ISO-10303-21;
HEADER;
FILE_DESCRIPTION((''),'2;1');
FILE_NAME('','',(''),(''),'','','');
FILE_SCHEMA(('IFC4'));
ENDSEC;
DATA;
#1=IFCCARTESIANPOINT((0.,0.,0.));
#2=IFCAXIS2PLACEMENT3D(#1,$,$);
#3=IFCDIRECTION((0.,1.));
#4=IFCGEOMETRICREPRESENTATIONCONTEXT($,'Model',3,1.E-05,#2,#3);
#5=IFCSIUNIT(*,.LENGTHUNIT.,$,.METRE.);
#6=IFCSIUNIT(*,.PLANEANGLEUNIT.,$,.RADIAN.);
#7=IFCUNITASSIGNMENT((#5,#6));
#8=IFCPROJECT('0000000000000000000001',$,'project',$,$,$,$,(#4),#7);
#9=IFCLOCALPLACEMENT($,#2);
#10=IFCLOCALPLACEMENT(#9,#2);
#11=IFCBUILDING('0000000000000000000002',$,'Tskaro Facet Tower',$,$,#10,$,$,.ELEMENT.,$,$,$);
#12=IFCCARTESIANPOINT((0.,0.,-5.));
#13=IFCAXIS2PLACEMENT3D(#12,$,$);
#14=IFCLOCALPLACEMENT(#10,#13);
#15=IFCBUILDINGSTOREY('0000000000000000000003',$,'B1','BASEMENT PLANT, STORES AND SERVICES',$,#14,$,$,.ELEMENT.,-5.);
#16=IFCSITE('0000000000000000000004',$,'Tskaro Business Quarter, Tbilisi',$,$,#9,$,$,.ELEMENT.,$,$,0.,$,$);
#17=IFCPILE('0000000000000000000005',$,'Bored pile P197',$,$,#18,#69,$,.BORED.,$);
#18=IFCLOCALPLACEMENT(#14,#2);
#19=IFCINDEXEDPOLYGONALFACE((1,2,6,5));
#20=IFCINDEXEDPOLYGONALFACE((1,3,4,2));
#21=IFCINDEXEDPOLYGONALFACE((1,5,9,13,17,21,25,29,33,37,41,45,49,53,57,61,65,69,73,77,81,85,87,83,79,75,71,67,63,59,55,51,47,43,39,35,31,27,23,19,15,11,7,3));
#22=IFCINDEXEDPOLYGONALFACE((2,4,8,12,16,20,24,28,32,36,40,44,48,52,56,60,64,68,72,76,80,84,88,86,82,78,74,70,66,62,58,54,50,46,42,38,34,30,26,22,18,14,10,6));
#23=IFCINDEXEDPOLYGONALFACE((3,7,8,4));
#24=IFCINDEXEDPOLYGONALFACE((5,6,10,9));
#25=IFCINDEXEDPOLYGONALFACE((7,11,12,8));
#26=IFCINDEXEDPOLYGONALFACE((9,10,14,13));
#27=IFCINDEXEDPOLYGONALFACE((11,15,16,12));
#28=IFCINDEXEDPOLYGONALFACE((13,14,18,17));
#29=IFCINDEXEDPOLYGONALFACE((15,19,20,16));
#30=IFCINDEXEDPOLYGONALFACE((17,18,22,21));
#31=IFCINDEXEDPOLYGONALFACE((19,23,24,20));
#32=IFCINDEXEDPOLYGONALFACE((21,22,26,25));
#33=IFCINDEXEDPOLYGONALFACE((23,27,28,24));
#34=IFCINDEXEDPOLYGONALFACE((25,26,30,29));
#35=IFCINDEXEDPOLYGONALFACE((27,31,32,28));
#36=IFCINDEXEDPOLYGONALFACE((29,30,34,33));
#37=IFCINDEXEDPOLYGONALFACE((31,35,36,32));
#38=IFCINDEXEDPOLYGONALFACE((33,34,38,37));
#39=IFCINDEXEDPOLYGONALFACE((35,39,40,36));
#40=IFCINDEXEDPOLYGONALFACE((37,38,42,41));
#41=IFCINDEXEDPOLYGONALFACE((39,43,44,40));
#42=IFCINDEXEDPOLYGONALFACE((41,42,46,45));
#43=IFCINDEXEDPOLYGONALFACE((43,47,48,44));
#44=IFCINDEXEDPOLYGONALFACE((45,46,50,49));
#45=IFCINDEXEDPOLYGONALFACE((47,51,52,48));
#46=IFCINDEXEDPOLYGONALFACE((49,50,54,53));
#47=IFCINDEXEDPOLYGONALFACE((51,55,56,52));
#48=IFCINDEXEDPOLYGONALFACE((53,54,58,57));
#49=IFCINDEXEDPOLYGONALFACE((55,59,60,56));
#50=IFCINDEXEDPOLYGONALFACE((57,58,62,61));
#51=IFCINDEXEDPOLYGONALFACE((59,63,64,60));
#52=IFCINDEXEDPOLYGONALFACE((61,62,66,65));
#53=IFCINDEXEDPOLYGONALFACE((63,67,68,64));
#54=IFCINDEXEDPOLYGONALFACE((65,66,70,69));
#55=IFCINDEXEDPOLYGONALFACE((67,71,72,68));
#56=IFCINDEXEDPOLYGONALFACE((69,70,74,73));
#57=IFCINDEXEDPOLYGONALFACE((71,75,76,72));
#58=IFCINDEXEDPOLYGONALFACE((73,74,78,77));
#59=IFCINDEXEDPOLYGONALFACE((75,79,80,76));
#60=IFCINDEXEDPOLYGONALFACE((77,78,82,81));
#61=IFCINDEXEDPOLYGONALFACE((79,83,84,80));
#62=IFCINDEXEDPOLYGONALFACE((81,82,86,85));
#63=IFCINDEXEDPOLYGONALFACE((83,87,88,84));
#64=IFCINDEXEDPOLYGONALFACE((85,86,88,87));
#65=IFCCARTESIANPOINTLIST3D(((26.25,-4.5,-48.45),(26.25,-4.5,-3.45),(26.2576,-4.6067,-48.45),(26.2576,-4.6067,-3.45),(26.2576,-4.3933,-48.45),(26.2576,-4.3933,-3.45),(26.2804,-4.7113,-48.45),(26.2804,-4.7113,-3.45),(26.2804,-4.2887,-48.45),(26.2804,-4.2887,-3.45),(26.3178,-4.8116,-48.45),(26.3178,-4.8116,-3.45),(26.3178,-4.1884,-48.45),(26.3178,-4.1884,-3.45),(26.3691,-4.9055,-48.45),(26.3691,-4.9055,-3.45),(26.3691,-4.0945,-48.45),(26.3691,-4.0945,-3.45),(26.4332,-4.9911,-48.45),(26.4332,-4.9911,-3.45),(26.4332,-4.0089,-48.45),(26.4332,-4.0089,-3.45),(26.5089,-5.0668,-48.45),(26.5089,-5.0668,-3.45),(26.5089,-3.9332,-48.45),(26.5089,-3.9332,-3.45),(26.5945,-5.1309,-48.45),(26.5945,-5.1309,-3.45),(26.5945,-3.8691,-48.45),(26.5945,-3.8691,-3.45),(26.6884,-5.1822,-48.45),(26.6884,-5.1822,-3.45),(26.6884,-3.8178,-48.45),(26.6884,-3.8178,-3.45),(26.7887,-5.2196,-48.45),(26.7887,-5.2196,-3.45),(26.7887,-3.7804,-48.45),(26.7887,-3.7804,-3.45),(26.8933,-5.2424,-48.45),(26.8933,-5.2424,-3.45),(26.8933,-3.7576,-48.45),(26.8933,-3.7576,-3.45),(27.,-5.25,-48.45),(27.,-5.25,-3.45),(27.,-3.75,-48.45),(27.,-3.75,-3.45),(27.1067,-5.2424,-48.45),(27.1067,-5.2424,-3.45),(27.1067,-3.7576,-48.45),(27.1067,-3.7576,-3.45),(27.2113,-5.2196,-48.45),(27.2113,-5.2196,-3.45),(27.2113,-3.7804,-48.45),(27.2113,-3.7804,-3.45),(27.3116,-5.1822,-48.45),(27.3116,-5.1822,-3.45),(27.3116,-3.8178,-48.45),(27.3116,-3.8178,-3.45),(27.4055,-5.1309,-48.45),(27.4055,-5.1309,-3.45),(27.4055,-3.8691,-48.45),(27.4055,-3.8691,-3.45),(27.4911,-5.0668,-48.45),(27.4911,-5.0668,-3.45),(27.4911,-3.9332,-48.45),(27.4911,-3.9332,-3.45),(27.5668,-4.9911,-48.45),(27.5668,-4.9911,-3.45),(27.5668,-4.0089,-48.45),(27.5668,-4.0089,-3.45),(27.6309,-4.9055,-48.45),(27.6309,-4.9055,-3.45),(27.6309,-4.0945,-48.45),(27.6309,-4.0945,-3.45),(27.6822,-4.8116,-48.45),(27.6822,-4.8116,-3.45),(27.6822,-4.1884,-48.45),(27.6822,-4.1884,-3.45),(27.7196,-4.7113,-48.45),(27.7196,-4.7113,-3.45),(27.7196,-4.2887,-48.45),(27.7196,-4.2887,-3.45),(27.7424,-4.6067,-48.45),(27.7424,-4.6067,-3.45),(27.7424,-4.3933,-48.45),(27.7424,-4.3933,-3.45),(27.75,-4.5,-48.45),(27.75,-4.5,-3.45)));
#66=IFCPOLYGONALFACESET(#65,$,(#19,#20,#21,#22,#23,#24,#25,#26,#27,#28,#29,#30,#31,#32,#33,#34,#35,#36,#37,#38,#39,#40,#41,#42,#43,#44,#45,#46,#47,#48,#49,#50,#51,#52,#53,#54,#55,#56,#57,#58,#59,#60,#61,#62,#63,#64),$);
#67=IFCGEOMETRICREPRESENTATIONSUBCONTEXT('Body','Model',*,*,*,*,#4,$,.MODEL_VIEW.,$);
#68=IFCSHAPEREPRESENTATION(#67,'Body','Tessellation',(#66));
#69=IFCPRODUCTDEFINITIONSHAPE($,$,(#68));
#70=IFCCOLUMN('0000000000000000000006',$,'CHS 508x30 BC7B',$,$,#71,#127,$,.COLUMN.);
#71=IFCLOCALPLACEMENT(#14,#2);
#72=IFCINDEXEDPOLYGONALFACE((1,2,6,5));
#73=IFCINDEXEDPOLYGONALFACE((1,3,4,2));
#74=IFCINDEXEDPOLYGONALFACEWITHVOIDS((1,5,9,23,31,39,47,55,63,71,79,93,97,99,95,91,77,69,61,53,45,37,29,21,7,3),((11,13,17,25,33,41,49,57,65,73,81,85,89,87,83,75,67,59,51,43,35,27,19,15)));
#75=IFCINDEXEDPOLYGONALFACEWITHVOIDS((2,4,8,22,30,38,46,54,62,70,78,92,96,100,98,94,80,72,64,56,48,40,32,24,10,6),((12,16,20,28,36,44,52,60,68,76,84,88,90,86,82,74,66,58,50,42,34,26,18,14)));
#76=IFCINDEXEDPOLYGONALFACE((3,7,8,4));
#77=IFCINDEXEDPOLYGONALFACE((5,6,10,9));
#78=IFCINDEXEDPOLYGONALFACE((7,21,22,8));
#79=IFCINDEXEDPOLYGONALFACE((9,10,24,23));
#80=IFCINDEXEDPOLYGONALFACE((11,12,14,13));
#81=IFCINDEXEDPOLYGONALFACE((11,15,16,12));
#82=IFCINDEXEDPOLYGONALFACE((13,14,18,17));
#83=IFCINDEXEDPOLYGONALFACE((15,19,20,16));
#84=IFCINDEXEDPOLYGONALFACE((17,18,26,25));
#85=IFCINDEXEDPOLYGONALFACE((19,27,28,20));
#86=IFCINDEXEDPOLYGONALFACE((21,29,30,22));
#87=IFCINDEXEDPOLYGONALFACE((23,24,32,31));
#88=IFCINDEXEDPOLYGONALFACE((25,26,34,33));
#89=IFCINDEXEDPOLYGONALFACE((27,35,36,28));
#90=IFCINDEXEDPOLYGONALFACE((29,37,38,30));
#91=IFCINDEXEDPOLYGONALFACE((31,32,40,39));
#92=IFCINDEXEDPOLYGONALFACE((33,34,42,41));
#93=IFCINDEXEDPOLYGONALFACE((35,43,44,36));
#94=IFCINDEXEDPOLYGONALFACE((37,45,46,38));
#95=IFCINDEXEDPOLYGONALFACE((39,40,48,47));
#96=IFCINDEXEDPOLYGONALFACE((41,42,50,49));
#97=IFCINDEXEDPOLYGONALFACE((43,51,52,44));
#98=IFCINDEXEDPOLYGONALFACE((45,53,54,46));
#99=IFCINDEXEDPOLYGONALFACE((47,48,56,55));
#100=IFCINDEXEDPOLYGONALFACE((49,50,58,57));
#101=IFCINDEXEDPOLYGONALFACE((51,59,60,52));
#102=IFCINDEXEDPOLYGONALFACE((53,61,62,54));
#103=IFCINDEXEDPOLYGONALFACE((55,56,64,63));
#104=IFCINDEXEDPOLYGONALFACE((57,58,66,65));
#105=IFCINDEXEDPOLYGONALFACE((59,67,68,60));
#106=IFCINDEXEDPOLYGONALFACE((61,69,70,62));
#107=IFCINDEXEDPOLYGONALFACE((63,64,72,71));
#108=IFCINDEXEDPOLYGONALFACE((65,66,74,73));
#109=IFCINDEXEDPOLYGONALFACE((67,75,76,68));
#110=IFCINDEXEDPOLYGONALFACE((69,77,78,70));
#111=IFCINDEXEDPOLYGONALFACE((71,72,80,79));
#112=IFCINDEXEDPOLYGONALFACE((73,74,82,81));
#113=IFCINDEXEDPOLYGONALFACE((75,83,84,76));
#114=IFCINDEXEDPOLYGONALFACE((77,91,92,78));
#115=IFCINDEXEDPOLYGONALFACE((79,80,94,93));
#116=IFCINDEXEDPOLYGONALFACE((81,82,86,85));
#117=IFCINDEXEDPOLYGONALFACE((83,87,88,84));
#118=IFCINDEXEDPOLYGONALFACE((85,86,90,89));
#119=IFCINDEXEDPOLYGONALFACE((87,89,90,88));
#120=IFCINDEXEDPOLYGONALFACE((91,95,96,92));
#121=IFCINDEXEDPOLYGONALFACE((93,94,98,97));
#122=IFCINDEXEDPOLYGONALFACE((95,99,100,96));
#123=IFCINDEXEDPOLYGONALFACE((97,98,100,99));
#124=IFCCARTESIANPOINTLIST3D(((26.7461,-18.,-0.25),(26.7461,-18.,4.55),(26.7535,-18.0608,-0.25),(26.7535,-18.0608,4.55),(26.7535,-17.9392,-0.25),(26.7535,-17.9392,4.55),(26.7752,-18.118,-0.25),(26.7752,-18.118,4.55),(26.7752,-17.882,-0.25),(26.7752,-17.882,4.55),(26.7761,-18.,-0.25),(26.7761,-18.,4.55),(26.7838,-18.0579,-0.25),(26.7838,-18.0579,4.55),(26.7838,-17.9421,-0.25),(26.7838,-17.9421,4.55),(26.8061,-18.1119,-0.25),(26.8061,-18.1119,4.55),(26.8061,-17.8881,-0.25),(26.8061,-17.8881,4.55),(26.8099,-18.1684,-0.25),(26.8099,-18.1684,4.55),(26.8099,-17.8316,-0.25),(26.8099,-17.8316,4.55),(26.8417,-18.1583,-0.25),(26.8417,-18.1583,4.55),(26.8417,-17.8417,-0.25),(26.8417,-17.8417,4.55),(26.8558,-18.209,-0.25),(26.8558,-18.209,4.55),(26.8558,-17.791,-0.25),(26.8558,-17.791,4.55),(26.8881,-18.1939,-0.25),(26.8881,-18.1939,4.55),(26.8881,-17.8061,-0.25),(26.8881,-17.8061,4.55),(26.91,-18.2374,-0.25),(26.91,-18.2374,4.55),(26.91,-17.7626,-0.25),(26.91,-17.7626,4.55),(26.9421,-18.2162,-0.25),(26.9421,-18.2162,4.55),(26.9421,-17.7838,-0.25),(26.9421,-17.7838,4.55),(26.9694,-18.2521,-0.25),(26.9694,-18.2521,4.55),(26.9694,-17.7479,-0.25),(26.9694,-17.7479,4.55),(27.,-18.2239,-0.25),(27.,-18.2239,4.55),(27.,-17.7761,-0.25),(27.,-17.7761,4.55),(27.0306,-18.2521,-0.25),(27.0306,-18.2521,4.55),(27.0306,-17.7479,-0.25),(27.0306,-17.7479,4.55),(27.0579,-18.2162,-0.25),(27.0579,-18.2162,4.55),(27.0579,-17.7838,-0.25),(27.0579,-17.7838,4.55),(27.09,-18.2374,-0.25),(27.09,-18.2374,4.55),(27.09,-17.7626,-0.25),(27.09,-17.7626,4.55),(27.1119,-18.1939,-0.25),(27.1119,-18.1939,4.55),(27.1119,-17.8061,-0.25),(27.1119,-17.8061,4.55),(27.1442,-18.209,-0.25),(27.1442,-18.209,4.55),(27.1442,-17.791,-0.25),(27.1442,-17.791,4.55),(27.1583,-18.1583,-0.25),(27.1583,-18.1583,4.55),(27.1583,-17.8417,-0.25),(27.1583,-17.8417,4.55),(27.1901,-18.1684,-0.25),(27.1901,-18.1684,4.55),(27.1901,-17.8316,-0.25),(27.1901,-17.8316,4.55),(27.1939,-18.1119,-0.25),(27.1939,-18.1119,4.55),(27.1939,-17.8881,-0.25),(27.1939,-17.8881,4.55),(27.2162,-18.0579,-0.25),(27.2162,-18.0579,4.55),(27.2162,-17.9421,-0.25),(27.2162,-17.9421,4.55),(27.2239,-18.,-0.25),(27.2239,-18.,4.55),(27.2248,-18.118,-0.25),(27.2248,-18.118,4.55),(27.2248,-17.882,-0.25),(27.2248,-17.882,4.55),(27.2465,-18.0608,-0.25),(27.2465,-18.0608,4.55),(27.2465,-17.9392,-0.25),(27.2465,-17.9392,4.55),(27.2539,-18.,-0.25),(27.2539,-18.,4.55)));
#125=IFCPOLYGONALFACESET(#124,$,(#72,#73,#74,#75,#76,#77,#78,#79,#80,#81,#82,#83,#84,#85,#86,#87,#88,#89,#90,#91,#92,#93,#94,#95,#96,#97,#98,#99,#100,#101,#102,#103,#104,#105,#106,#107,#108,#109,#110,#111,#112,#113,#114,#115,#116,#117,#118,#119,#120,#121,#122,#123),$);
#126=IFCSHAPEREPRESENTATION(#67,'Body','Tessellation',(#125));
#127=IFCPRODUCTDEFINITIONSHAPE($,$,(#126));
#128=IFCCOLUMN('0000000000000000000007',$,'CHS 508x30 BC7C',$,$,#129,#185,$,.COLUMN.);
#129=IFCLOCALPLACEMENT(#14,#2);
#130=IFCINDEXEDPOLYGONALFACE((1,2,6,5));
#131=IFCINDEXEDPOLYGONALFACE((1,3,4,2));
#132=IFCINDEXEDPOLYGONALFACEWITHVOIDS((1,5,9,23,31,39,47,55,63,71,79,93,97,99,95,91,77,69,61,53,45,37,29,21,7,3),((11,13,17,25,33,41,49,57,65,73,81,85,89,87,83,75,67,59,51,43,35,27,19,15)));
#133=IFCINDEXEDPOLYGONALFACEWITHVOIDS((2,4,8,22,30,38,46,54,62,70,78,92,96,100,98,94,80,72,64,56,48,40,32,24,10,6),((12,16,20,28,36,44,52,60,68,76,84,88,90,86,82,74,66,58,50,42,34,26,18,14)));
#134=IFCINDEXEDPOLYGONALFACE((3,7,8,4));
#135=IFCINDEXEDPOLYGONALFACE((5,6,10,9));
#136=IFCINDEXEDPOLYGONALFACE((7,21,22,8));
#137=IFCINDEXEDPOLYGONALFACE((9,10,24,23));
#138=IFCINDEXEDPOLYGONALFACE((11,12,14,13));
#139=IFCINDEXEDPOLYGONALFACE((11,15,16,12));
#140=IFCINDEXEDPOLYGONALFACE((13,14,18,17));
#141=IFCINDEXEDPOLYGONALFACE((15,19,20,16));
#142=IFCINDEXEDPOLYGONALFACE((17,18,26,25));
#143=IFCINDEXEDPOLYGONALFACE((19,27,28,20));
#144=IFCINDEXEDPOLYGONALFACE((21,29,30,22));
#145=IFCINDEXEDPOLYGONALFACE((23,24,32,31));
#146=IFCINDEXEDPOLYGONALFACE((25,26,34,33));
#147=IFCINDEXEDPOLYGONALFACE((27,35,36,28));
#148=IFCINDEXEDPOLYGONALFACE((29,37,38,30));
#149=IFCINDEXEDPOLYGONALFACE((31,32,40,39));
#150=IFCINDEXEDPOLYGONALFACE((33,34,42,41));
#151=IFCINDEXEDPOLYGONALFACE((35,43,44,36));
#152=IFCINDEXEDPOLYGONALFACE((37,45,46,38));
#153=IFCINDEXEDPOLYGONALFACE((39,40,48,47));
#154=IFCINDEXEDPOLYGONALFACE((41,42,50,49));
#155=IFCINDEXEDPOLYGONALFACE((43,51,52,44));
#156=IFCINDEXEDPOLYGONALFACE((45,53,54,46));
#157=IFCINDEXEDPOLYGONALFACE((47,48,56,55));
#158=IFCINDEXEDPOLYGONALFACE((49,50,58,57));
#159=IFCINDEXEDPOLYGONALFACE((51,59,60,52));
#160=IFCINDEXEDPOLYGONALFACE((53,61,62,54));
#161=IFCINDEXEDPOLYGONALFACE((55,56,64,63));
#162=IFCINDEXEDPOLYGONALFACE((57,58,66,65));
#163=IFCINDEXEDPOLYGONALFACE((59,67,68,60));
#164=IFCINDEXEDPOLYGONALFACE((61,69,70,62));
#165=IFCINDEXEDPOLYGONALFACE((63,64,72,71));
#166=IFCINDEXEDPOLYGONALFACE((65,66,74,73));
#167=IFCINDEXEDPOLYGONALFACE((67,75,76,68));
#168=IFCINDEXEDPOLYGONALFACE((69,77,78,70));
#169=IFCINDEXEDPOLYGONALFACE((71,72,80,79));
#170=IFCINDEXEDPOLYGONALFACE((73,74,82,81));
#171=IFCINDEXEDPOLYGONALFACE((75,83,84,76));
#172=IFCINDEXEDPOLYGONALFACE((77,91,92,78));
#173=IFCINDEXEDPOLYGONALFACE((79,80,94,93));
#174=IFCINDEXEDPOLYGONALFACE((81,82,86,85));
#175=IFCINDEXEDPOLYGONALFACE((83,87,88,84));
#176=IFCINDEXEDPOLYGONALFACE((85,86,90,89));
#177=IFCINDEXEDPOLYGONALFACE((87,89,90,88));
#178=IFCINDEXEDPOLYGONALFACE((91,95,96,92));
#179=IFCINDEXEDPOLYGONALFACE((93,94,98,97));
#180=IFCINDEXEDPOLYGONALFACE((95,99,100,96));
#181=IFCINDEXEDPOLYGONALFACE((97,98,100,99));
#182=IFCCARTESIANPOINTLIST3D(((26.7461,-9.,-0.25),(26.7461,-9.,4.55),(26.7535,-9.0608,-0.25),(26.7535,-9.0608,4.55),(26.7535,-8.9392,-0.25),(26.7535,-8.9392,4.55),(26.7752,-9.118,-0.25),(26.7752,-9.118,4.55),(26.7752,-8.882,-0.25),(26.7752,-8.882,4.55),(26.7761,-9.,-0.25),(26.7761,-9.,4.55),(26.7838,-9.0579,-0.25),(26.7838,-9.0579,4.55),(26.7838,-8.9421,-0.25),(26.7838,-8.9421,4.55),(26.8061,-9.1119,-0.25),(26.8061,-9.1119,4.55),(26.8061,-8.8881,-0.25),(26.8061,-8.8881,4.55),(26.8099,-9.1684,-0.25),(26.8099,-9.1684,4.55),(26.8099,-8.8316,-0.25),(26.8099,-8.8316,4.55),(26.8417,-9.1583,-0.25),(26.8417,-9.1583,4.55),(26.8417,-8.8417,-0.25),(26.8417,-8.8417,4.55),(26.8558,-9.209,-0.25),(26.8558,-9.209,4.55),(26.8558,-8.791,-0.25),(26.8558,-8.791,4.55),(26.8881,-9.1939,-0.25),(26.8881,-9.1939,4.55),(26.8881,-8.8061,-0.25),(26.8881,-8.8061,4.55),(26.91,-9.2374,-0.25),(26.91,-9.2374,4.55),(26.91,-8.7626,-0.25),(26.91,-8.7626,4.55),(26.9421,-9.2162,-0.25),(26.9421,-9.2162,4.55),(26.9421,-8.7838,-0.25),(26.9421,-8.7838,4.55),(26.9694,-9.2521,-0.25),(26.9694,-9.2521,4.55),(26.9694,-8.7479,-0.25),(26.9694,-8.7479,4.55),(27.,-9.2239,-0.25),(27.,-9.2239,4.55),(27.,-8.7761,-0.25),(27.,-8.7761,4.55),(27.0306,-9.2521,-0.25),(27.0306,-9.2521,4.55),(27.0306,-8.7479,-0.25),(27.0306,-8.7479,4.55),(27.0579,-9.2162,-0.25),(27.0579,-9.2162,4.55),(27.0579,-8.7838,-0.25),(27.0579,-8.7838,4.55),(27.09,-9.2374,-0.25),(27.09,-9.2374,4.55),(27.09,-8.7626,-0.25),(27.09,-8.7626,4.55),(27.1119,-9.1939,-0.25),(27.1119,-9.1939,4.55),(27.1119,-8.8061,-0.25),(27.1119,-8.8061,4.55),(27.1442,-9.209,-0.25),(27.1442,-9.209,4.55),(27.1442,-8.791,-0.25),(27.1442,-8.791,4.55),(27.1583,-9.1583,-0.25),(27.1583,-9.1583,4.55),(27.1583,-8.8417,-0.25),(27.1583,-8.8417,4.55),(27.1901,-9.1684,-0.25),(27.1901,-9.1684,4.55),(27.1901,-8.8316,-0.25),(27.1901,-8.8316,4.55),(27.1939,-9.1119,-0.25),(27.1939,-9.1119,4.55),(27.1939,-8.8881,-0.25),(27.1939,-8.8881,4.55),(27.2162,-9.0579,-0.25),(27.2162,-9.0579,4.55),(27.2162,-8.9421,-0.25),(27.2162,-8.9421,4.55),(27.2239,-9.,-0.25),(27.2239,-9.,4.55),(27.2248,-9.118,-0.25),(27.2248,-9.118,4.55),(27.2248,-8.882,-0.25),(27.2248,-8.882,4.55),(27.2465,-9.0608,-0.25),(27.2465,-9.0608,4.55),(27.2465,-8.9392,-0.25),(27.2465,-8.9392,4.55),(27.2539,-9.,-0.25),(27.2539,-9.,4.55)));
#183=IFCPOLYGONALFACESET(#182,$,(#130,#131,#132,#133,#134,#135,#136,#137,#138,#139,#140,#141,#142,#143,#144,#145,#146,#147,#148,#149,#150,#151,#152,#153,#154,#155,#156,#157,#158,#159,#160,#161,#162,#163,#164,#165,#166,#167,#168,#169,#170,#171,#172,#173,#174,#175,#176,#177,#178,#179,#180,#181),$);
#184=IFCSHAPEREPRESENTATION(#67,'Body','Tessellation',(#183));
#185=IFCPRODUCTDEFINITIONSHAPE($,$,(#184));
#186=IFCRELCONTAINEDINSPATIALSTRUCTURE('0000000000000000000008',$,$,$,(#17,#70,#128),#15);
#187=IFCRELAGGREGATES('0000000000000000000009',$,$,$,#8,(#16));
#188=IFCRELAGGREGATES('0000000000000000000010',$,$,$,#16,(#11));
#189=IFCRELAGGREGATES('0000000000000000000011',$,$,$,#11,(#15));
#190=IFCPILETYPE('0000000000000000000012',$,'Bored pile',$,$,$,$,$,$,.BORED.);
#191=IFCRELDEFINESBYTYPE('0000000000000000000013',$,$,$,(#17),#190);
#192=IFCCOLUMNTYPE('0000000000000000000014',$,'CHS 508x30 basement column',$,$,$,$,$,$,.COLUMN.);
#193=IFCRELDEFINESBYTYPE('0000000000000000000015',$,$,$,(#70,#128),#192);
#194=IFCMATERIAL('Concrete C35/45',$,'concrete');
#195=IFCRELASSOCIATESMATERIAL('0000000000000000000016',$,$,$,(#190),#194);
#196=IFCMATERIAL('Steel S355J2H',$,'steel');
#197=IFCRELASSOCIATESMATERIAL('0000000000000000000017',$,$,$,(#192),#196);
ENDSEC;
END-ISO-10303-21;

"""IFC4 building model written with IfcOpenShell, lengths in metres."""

from ifc_helpers import new_model, si_unit, direction, frame, origin, origin_2d, place, context, subcontext, project, spatial, circle, hollow_circle, extrude, material, material_profile, profile_set, type_object, element, save


model = new_model("IFC4")

# Units and contexts
model_context = context("Model", 3, precision=1e-05, world=origin(), true_north=direction((0.0, 1.0)))
body_context = subcontext(model_context, "Body", "Model", "MODEL_VIEW")
ifc_project = project(units=[si_unit("LENGTHUNIT", "METRE"), si_unit("PLANEANGLEUNIT", "RADIAN")], contexts=[model_context])

# Site, building, storey
site_placement = place(None, origin())
site = spatial("IfcSite", under=ifc_project, at=site_placement, Name="Tskaro Business Quarter, Tbilisi", CompositionType="ELEMENT", RefElevation=0.0)
building_placement = place(site_placement, origin())
building = spatial("IfcBuilding", under=site, at=building_placement, Name="Tskaro Facet Tower", CompositionType="ELEMENT")
storey_placement = place(building_placement, frame((0.0, 0.0, -5.0)))
storey = spatial("IfcBuildingStorey", under=building, at=storey_placement, Name="B1", Description="BASEMENT PLANT, STORES AND SERVICES", CompositionType="ELEMENT", Elevation=-5.0)

# Pile
ifc_material_1 = material(Name="Concrete C35/45", Category="concrete")
ifc_material_profile_1 = material_profile(ifc_material_1, circle(Radius=0.75, at=origin_2d()), Name="Bored pile")
ifc_profile_set_1 = profile_set([ifc_material_profile_1], Name="Concrete C35/45")
pile_type = type_object("IfcPileType", Name="Bored pile", PredefinedType="BORED", material=ifc_profile_set_1)
for number, where, z_axis, x_axis, name in (
    (1, (27.0, -4.5, -3.45), (0.0, 0.0, -1.0), (1.0, 0.0, 0.0), "Bored pile P197"),
):
    element("IfcPile", number, at=place(storey_placement, frame(where, z_axis=z_axis, x_axis=x_axis)), inside=storey, type_object=pile_type, Name=name, PredefinedType="BORED", context=body_context, shape_type="SweptSolid", body=[
        extrude(circle(Radius=0.75, at=origin_2d()), origin(), (0.0, 0.0, 1.0), 45.0),
    ])

# Columns
ifc_material_2 = material(Name="Steel S355J2H", Category="steel")
ifc_material_profile_2 = material_profile(ifc_material_2, hollow_circle(Radius=0.2539, WallThickness=0.03, at=origin_2d()), Name="CHS 508x30")
ifc_profile_set_2 = profile_set([ifc_material_profile_2], Name="Steel S355J2H")
column_type_1 = type_object("IfcColumnType", Name="CHS 508x30 basement column", PredefinedType="COLUMN", material=ifc_profile_set_2)
for number, where, z_axis, x_axis, name in (
    (2, (27.0, -18.0, -0.25), (0.0, 0.0, 1.0), (1.0, 0.0, 0.0), "CHS 508x30 BC7B"),
    (3, (27.0, -9.0, -0.25), (0.0, 0.0, 1.0), (1.0, 0.0, 0.0), "CHS 508x30 BC7C"),
):
    element("IfcColumn", number, at=place(storey_placement, frame(where, z_axis=z_axis, x_axis=x_axis)), inside=storey, type_object=column_type_1, Name=name, PredefinedType="COLUMN", context=body_context, shape_type="SweptSolid", body=[
        extrude(hollow_circle(Radius=0.2539, WallThickness=0.03, at=origin_2d()), origin(), (0.0, 0.0, 1.0), 4.8),
    ])

save(model, "model.ifc")
